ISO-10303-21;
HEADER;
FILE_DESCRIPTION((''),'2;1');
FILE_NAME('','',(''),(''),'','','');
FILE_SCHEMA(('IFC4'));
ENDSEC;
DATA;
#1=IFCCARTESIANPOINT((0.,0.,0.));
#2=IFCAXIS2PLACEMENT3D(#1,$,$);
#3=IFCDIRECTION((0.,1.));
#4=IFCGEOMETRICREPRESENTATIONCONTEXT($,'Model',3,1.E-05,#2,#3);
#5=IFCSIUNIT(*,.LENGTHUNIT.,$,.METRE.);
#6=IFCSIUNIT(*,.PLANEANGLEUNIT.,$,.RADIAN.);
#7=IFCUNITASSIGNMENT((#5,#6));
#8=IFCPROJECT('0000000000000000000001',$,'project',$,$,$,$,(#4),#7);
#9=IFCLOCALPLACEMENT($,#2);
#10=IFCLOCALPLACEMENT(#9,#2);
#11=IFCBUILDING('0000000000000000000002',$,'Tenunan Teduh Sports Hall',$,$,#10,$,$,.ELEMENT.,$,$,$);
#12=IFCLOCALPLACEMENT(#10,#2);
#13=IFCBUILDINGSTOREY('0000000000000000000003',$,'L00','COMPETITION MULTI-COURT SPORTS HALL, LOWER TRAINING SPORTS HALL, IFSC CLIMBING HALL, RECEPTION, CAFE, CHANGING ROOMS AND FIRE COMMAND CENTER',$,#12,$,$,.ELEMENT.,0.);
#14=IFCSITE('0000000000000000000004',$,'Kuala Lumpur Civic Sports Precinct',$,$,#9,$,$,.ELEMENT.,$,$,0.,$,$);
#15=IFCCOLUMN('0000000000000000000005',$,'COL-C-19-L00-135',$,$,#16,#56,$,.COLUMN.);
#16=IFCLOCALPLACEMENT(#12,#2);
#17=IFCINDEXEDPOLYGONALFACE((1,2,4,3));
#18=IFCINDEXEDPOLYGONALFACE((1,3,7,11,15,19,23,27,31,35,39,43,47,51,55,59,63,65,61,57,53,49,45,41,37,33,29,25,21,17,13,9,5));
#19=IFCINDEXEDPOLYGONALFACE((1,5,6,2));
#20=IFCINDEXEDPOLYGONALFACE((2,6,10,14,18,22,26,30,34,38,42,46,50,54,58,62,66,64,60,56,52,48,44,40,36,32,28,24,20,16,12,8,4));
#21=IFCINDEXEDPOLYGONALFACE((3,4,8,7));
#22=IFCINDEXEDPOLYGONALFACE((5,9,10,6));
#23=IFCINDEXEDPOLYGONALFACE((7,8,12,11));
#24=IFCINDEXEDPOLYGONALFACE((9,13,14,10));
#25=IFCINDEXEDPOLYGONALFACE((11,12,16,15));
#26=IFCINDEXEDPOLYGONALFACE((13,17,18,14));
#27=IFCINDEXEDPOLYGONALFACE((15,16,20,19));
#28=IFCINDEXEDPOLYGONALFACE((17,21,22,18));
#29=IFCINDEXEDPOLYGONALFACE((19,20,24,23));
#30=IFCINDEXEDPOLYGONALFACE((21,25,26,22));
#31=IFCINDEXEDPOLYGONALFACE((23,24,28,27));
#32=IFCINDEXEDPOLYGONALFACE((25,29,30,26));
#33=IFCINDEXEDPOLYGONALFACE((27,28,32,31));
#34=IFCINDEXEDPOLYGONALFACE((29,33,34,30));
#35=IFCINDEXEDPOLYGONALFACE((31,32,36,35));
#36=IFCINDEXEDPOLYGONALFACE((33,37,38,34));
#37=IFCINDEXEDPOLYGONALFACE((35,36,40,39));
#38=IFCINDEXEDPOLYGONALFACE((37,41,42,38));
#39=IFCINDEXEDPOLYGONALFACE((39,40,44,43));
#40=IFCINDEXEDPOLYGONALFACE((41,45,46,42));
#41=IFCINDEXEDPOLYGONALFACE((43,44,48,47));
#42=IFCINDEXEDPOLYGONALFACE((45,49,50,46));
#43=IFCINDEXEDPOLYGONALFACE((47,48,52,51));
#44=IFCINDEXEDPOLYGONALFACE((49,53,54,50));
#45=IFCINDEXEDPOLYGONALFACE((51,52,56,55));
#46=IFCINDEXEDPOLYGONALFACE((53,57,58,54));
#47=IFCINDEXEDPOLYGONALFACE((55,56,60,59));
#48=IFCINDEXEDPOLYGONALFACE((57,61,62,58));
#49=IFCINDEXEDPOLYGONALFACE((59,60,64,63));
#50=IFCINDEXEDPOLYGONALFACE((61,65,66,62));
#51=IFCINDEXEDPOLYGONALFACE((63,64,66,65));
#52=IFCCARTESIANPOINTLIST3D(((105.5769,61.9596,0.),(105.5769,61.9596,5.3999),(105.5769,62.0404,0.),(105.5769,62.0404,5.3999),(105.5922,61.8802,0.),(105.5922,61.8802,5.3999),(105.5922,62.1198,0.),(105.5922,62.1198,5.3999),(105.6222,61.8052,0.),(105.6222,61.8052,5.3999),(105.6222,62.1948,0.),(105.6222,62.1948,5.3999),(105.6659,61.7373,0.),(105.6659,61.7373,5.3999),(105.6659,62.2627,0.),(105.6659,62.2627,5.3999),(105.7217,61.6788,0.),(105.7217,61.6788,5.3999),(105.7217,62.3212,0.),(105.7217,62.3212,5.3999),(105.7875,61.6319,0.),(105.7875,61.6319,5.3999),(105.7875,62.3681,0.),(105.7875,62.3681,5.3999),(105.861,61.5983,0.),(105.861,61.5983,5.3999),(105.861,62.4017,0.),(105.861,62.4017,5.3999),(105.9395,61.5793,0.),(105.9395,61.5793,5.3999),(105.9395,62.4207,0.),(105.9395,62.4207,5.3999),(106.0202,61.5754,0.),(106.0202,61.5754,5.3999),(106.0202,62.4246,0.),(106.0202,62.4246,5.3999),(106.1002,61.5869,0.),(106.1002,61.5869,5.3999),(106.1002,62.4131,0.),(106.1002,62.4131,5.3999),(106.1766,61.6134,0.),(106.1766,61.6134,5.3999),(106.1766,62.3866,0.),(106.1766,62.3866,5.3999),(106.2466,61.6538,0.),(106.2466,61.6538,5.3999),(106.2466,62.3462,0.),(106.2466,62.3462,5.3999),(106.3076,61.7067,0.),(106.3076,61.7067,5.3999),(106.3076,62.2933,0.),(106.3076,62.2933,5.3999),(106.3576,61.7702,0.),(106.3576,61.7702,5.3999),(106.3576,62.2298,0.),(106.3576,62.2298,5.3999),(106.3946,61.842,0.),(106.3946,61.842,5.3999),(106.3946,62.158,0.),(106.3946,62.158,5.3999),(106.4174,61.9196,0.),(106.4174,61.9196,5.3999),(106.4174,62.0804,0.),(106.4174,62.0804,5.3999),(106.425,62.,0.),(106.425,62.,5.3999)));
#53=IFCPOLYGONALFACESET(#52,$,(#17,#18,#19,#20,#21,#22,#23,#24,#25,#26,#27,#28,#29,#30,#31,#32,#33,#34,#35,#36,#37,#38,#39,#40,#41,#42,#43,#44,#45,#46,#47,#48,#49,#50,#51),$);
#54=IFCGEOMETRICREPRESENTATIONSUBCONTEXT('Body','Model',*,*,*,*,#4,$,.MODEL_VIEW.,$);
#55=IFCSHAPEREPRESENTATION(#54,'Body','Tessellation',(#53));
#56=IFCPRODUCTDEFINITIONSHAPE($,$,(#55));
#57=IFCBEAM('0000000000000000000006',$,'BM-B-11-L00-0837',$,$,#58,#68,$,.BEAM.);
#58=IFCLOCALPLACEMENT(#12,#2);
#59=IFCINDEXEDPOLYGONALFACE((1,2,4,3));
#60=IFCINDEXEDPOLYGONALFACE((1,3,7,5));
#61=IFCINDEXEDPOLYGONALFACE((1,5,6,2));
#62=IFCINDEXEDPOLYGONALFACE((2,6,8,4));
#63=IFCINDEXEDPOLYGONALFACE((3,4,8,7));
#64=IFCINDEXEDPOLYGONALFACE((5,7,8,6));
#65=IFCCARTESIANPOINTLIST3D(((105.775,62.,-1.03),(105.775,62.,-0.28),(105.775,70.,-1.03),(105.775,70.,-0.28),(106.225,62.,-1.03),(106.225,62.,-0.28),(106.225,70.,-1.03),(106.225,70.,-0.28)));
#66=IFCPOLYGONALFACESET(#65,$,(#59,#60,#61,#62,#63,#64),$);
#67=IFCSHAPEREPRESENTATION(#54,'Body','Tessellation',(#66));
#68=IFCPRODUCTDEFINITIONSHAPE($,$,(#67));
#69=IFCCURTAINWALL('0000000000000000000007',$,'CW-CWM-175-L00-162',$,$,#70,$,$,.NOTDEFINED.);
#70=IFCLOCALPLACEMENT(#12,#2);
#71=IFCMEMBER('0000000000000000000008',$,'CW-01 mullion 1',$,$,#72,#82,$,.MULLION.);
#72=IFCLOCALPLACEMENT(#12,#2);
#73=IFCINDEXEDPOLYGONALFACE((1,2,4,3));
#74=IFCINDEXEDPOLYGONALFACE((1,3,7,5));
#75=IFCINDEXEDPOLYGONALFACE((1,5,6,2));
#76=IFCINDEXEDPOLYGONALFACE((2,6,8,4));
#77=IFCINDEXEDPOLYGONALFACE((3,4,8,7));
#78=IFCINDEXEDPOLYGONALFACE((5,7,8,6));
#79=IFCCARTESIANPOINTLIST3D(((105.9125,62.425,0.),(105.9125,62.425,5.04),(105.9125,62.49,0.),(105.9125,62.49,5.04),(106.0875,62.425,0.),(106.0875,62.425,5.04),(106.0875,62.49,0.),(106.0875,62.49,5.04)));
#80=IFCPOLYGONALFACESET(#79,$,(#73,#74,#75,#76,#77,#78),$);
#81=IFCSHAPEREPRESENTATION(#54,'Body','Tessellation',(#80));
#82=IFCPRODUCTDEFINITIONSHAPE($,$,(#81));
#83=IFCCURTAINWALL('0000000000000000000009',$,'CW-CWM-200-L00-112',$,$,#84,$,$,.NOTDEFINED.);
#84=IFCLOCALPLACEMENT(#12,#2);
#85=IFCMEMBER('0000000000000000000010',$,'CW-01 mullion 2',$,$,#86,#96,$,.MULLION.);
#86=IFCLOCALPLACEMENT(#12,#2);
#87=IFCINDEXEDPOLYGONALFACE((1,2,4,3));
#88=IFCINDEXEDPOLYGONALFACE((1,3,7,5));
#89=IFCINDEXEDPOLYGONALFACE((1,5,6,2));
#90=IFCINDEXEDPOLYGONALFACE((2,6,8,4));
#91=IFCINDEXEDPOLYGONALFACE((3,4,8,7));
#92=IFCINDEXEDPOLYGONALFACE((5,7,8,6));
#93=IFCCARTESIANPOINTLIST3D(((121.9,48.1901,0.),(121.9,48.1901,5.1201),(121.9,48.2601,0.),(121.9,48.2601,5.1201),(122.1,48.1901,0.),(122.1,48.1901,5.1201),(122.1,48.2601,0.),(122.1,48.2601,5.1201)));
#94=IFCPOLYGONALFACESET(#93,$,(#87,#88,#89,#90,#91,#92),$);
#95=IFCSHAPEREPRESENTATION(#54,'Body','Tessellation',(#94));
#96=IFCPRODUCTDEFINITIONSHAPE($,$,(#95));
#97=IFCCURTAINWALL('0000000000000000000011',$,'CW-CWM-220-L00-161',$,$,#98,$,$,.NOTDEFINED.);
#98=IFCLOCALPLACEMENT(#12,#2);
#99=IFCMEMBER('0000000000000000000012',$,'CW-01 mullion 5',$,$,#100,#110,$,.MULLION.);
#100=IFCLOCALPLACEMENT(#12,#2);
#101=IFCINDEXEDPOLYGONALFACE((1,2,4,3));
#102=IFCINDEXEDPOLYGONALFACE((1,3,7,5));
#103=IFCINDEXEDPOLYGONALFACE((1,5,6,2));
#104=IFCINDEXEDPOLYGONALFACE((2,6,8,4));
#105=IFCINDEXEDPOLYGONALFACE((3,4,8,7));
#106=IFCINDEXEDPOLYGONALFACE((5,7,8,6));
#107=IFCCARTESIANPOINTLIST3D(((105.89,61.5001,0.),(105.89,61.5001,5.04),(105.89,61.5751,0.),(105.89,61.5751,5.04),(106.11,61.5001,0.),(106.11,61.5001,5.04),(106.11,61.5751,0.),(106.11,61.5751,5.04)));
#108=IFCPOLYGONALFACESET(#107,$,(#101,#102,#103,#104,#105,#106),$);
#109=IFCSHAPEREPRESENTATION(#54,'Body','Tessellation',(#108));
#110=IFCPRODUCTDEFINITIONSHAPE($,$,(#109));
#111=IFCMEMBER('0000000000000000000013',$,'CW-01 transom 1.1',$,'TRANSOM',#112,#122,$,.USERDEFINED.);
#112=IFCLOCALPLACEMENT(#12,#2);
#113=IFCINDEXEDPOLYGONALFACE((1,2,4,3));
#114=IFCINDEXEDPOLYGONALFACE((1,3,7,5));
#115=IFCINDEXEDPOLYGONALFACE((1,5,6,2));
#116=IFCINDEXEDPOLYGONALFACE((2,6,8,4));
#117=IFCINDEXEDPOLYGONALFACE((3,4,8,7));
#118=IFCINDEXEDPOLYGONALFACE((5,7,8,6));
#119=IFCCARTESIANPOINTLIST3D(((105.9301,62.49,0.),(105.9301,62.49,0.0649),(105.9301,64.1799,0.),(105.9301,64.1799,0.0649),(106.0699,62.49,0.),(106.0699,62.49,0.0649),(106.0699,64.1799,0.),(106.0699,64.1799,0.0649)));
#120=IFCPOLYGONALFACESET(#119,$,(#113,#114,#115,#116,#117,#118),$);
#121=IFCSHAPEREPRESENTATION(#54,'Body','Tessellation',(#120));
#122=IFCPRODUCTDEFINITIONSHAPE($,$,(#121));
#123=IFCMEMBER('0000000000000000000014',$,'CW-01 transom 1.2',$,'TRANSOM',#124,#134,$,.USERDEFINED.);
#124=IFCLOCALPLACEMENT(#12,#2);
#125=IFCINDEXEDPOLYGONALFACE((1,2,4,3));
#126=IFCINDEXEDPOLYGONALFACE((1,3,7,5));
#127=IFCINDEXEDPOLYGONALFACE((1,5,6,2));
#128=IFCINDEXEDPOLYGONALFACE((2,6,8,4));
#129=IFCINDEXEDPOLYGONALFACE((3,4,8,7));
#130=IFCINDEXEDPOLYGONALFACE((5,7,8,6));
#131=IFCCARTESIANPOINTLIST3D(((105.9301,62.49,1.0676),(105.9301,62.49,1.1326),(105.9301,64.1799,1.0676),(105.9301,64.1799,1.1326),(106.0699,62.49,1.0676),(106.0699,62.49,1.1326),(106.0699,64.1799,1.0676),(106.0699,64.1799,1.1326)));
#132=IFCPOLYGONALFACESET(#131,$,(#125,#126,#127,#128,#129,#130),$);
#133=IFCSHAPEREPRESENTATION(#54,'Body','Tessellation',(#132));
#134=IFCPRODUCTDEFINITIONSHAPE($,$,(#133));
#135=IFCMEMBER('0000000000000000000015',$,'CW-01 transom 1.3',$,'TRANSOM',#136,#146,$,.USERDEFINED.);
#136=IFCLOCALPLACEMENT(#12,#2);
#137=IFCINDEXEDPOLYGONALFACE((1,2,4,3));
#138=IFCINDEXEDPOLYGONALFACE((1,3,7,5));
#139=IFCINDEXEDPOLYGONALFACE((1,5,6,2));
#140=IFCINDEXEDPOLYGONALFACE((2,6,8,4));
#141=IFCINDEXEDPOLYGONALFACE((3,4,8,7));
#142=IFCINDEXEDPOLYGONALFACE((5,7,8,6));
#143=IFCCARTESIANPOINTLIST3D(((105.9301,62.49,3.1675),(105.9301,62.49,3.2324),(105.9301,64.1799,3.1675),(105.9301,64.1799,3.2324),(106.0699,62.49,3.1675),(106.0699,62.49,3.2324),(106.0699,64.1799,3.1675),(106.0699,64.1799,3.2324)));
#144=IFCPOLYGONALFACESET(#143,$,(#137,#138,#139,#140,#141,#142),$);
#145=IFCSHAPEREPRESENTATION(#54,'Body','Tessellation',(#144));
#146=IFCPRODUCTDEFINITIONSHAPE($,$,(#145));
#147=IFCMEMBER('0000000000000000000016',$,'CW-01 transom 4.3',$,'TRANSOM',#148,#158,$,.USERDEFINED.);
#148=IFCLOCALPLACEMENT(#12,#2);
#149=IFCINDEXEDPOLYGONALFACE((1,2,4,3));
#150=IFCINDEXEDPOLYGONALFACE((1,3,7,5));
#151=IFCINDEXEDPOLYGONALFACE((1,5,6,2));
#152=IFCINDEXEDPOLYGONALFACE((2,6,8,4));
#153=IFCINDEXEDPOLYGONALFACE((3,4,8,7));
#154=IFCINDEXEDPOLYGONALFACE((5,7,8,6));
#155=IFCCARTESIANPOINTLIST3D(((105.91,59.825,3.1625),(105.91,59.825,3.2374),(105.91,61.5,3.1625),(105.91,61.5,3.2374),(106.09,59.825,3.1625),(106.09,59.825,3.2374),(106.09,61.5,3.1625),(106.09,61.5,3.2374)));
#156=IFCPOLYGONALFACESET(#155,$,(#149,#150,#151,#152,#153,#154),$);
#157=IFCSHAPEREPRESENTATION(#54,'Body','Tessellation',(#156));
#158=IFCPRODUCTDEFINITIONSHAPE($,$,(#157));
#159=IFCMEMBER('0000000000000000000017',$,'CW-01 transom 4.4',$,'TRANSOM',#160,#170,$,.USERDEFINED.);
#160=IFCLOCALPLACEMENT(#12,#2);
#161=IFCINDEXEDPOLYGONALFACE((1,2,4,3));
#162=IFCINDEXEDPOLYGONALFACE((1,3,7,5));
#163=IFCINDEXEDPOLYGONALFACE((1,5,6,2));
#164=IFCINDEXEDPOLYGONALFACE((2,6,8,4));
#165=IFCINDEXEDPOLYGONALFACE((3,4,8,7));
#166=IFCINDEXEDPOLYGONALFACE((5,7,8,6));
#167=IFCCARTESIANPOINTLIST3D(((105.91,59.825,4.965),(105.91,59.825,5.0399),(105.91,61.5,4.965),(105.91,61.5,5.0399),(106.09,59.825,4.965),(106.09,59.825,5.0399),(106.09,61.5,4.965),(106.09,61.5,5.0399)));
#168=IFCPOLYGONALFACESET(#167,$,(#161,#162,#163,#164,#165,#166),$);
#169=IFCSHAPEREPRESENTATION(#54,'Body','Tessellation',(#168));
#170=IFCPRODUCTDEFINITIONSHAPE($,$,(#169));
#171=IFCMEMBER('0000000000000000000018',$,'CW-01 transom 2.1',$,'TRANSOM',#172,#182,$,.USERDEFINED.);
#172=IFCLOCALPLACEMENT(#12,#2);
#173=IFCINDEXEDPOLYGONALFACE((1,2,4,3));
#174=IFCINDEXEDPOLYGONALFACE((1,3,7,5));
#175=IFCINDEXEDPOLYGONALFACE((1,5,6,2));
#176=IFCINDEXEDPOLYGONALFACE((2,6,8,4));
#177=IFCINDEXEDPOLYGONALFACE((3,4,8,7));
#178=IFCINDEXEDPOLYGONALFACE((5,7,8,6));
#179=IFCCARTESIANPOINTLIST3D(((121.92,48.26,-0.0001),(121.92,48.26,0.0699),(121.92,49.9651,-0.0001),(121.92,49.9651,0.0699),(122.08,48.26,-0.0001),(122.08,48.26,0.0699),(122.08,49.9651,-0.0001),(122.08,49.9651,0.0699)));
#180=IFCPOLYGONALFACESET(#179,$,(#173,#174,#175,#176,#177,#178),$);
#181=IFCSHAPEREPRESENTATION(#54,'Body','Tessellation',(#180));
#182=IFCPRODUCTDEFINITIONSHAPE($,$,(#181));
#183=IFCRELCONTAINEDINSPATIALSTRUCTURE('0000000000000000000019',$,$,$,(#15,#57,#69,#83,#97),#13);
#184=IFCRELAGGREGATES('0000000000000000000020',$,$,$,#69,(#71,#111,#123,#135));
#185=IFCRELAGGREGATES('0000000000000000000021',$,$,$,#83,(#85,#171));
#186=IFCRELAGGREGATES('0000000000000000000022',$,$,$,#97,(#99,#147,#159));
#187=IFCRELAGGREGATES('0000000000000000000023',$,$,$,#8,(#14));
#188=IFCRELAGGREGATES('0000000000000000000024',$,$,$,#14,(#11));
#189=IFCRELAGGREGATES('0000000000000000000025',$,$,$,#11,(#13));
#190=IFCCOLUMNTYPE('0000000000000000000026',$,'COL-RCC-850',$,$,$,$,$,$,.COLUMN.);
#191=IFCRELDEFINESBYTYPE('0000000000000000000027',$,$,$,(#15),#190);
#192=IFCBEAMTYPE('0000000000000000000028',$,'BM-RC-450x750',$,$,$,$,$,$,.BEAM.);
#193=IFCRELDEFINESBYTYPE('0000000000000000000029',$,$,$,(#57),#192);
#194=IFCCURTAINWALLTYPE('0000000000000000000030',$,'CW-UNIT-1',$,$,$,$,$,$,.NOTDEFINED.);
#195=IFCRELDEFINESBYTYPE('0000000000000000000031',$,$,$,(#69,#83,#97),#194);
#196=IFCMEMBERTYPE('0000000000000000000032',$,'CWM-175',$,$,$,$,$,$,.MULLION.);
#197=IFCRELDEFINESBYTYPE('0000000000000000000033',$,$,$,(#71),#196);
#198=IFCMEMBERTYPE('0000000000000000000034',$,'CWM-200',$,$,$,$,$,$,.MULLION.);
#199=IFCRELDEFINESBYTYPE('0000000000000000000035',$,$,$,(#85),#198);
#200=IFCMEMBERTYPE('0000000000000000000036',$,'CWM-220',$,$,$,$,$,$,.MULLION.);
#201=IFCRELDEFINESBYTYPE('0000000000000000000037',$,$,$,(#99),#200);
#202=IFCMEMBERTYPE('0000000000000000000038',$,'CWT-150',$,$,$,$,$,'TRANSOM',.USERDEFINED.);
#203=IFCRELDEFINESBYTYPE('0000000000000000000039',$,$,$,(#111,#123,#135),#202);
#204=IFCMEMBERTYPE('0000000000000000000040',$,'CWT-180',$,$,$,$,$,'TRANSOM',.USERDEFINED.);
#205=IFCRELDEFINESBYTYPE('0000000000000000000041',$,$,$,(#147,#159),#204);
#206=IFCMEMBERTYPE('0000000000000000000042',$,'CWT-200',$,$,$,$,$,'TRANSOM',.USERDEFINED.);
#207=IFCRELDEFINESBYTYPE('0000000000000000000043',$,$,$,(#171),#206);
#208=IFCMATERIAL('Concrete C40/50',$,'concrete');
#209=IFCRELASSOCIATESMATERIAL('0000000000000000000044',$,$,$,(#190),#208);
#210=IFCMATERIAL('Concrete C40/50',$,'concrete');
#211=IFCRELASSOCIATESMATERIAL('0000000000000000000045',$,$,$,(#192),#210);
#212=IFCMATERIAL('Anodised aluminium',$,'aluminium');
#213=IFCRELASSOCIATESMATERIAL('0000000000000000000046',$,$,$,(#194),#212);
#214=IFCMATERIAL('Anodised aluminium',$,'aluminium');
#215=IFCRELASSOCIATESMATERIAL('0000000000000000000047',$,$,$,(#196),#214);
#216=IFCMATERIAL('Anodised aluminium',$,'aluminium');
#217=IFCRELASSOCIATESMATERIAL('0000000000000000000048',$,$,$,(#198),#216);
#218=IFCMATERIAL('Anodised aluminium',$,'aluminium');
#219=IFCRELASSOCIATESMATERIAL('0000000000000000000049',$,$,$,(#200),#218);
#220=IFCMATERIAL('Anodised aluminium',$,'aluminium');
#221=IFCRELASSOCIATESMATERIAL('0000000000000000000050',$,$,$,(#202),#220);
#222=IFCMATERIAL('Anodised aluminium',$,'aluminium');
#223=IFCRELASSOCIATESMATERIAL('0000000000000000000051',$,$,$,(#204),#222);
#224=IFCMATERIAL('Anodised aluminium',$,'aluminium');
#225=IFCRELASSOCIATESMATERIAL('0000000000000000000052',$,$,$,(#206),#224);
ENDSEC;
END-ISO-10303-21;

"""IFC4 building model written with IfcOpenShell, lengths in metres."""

from ifc_helpers import new_model, si_unit, direction, frame, origin, origin_2d, place, context, subcontext, project, spatial, rectangle, circle, extrude, material, material_profile, profile_set, type_object, element, aggregate, save


model = new_model("IFC4")

# Units and contexts
model_context = context("Model", 3, precision=1e-05, world=origin(), true_north=direction((0.0, 1.0)))
body_context = subcontext(model_context, "Body", "Model", "MODEL_VIEW")
ifc_project = project(units=[si_unit("LENGTHUNIT", "METRE"), si_unit("PLANEANGLEUNIT", "RADIAN")], contexts=[model_context])

# Site, building, storey
site_placement = place(None, origin())
site = spatial("IfcSite", under=ifc_project, at=site_placement, Name="Kuala Lumpur Civic Sports Precinct", CompositionType="ELEMENT", RefElevation=0.0)
building_placement = place(site_placement, origin())
building = spatial("IfcBuilding", under=site, at=building_placement, Name="Tenunan Teduh Sports Hall", CompositionType="ELEMENT")
storey_placement = place(building_placement, origin())
storey = spatial("IfcBuildingStorey", under=building, at=storey_placement, Name="L00", Description="COMPETITION MULTI-COURT SPORTS HALL, LOWER TRAINING SPORTS HALL, IFSC CLIMBING HALL, RECEPTION, CAFE, CHANGING ROOMS AND FIRE COMMAND CENTER", CompositionType="ELEMENT", Elevation=0.0)

# Column
ifc_material_1 = material(Name="Concrete C40/50", Category="concrete")
ifc_material_profile_1 = material_profile(ifc_material_1, circle(Radius=0.425, at=origin_2d()), Name="RCC D850")
ifc_profile_set_1 = profile_set([ifc_material_profile_1], Name="Concrete C40/50")
column_type = type_object("IfcColumnType", Name="COL-RCC-850", PredefinedType="COLUMN", material=ifc_profile_set_1)
column_placement = place(storey_placement, frame((106.0, 62.0, 0.0), z_axis=(0.0, 0.0, 1.0), x_axis=(1.0, 0.0, 0.0)))
element("IfcColumn", 1, at=column_placement, inside=storey, type_object=column_type, Name="COL-C-19-L00-135", PredefinedType="COLUMN", context=body_context, shape_type="SweptSolid", body=[
    extrude(circle(Radius=0.425, at=origin_2d()), origin(), (0.0, 0.0, 1.0), 5.3999),
])

# Beam
ifc_material_2 = material(Name="Concrete C40/50", Category="concrete")
ifc_material_profile_2 = material_profile(ifc_material_2, rectangle(XDim=0.45, YDim=0.75, at=origin_2d()), Name="RCB 450x750")
ifc_profile_set_2 = profile_set([ifc_material_profile_2], Name="Concrete C40/50")
beam_type = type_object("IfcBeamType", Name="BM-RC-450x750", PredefinedType="BEAM", material=ifc_profile_set_2)
beam_placement = place(storey_placement, frame((106.0, 62.0, -0.655), z_axis=(0.0, 1.0, 0.0), x_axis=(-1.0, 0.0, 0.0)))
element("IfcBeam", 2, at=beam_placement, inside=storey, type_object=beam_type, Name="BM-B-11-L00-0837", PredefinedType="BEAM", context=body_context, shape_type="SweptSolid", body=[
    extrude(rectangle(XDim=0.45, YDim=0.75, at=origin_2d()), origin(), (0.0, 0.0, 1.0), 8.0),
])

# Curtain walls, members
ifc_material_3 = material(Name="Anodised aluminium", Category="aluminium")
curtain_wall_type = type_object("IfcCurtainWallType", Name="CW-UNIT-1", PredefinedType="NOTDEFINED", material=ifc_material_3)
curtain_wall_1_placement = place(storey_placement, origin())
curtain_wall_1 = element("IfcCurtainWall", 3, at=curtain_wall_1_placement, inside=storey, type_object=curtain_wall_type, Name="CW-CWM-175-L00-162", PredefinedType="NOTDEFINED")
ifc_material_4 = material(Name="Anodised aluminium", Category="aluminium")
ifc_material_profile_3 = material_profile(ifc_material_4, rectangle(XDim=0.0649, YDim=0.175, at=origin_2d()), Name="CWM 65x175")
ifc_profile_set_3 = profile_set([ifc_material_profile_3], Name="Anodised aluminium")
member_type_1 = type_object("IfcMemberType", Name="CWM-175", PredefinedType="MULLION", material=ifc_profile_set_3)
member_1_placement = place(storey_placement, frame((106.0, 62.4575, 0.0), z_axis=(0.0, 0.0, 1.0), x_axis=(0.0, 1.0, 0.0)))
member_1 = element("IfcMember", 4, at=member_1_placement, type_object=member_type_1, Name="CW-01 mullion 1", PredefinedType="MULLION", context=body_context, shape_type="SweptSolid", body=[
    extrude(rectangle(XDim=0.0649, YDim=0.175, at=origin_2d()), origin(), (0.0, 0.0, 1.0), 5.04),
])
curtain_wall_2_placement = place(storey_placement, origin())
curtain_wall_2 = element("IfcCurtainWall", 5, at=curtain_wall_2_placement, inside=storey, type_object=curtain_wall_type, Name="CW-CWM-200-L00-112", PredefinedType="NOTDEFINED")
ifc_material_5 = material(Name="Anodised aluminium", Category="aluminium")
ifc_material_profile_4 = material_profile(ifc_material_5, rectangle(XDim=0.0701, YDim=0.2, at=origin_2d()), Name="CWM 70x200")
ifc_profile_set_4 = profile_set([ifc_material_profile_4], Name="Anodised aluminium")
member_type_2 = type_object("IfcMemberType", Name="CWM-200", PredefinedType="MULLION", material=ifc_profile_set_4)
member_2_placement = place(storey_placement, frame((122.0, 48.2251, 0.0), z_axis=(0.0, 0.0, 1.0), x_axis=(0.0, 1.0, 0.0)))
member_2 = element("IfcMember", 6, at=member_2_placement, type_object=member_type_2, Name="CW-01 mullion 2", PredefinedType="MULLION", context=body_context, shape_type="SweptSolid", body=[
    extrude(rectangle(XDim=0.0701, YDim=0.2, at=origin_2d()), origin(), (0.0, 0.0, 1.0), 5.1201),
])
curtain_wall_3_placement = place(storey_placement, origin())
curtain_wall_3 = element("IfcCurtainWall", 7, at=curtain_wall_3_placement, inside=storey, type_object=curtain_wall_type, Name="CW-CWM-220-L00-161", PredefinedType="NOTDEFINED")
ifc_material_6 = material(Name="Anodised aluminium", Category="aluminium")
ifc_material_profile_5 = material_profile(ifc_material_6, rectangle(XDim=0.075, YDim=0.22, at=origin_2d()), Name="CWM 75x220")
ifc_profile_set_5 = profile_set([ifc_material_profile_5], Name="Anodised aluminium")
member_type_3 = type_object("IfcMemberType", Name="CWM-220", PredefinedType="MULLION", material=ifc_profile_set_5)
member_3_placement = place(storey_placement, frame((106.0, 61.5376, 0.0), z_axis=(0.0, 0.0, 1.0), x_axis=(0.0, 1.0, 0.0)))
member_3 = element("IfcMember", 8, at=member_3_placement, type_object=member_type_3, Name="CW-01 mullion 5", PredefinedType="MULLION", context=body_context, shape_type="SweptSolid", body=[
    extrude(rectangle(XDim=0.075, YDim=0.22, at=origin_2d()), origin(), (0.0, 0.0, 1.0), 5.04),
])

# Members
ifc_material_7 = material(Name="Anodised aluminium", Category="aluminium")
ifc_material_profile_6 = material_profile(ifc_material_7, rectangle(XDim=0.0649, YDim=0.1399, at=origin_2d()), Name="CWT 65x140")
ifc_profile_set_6 = profile_set([ifc_material_profile_6], Name="Anodised aluminium")
member_type_4 = type_object("IfcMemberType", Name="CWT-150", ElementType="TRANSOM", PredefinedType="USERDEFINED", material=ifc_profile_set_6)
member_4_placement = place(storey_placement, frame((106.0, 62.49, 0.0325), z_axis=(0.0, 1.0, 0.0), x_axis=(0.0, 0.0, 1.0)))
member_4 = element("IfcMember", 9, at=member_4_placement, type_object=member_type_4, Name="CW-01 transom 1.1", ObjectType="TRANSOM", PredefinedType="USERDEFINED", context=body_context, shape_type="SweptSolid", body=[
    extrude(rectangle(XDim=0.0649, YDim=0.1399, at=origin_2d()), origin(), (0.0, 0.0, 1.0), 1.6899),
])
member_5_placement = place(storey_placement, frame((106.0, 62.49, 1.1001), z_axis=(0.0, 1.0, 0.0), x_axis=(0.0, 0.0, 1.0)))
member_5 = element("IfcMember", 10, at=member_5_placement, type_object=member_type_4, Name="CW-01 transom 1.2", ObjectType="TRANSOM", PredefinedType="USERDEFINED", context=body_context, shape_type="SweptSolid", body=[
    extrude(rectangle(XDim=0.0649, YDim=0.1399, at=origin_2d()), origin(), (0.0, 0.0, 1.0), 1.6899),
])
member_6_placement = place(storey_placement, frame((106.0, 62.49, 3.2), z_axis=(0.0, 1.0, 0.0), x_axis=(0.0, 0.0, 1.0)))
member_6 = element("IfcMember", 11, at=member_6_placement, type_object=member_type_4, Name="CW-01 transom 1.3", ObjectType="TRANSOM", PredefinedType="USERDEFINED", context=body_context, shape_type="SweptSolid", body=[
    extrude(rectangle(XDim=0.0649, YDim=0.1399, at=origin_2d()), origin(), (0.0, 0.0, 1.0), 1.6899),
])
aggregate(curtain_wall_1, [member_1, member_4, member_5, member_6])
ifc_material_8 = material(Name="Anodised aluminium", Category="aluminium")
ifc_material_profile_7 = material_profile(ifc_material_8, rectangle(XDim=0.075, YDim=0.1799, at=origin_2d()), Name="CWT 75x180")
ifc_profile_set_7 = profile_set([ifc_material_profile_7], Name="Anodised aluminium")
member_type_5 = type_object("IfcMemberType", Name="CWT-180", ElementType="TRANSOM", PredefinedType="USERDEFINED", material=ifc_profile_set_7)
member_7_placement = place(storey_placement, frame((106.0, 59.825, 3.2), z_axis=(0.0, 1.0, 0.0), x_axis=(0.0, 0.0, 1.0)))
member_7 = element("IfcMember", 12, at=member_7_placement, type_object=member_type_5, Name="CW-01 transom 4.3", ObjectType="TRANSOM", PredefinedType="USERDEFINED", context=body_context, shape_type="SweptSolid", body=[
    extrude(rectangle(XDim=0.075, YDim=0.1799, at=origin_2d()), origin(), (0.0, 0.0, 1.0), 1.675),
])
member_8_placement = place(storey_placement, frame((106.0, 59.825, 5.0024), z_axis=(0.0, 1.0, 0.0), x_axis=(0.0, 0.0, 1.0)))
member_8 = element("IfcMember", 13, at=member_8_placement, type_object=member_type_5, Name="CW-01 transom 4.4", ObjectType="TRANSOM", PredefinedType="USERDEFINED", context=body_context, shape_type="SweptSolid", body=[
    extrude(rectangle(XDim=0.075, YDim=0.1799, at=origin_2d()), origin(), (0.0, 0.0, 1.0), 1.675),
])
ifc_material_9 = material(Name="Anodised aluminium", Category="aluminium")
ifc_material_profile_8 = material_profile(ifc_material_9, rectangle(XDim=0.0701, YDim=0.1599, at=origin_2d()), Name="CWT 70x160")
ifc_profile_set_8 = profile_set([ifc_material_profile_8], Name="Anodised aluminium")
member_type_6 = type_object("IfcMemberType", Name="CWT-200", ElementType="TRANSOM", PredefinedType="USERDEFINED", material=ifc_profile_set_8)
member_9_placement = place(storey_placement, frame((122.0, 48.26, 0.0349), z_axis=(0.0, 1.0, 0.0), x_axis=(0.0, 0.0, 1.0)))
member_9 = element("IfcMember", 14, at=member_9_placement, type_object=member_type_6, Name="CW-01 transom 2.1", ObjectType="TRANSOM", PredefinedType="USERDEFINED", context=body_context, shape_type="SweptSolid", body=[
    extrude(rectangle(XDim=0.0701, YDim=0.1599, at=origin_2d()), origin(), (0.0, 0.0, 1.0), 1.7051),
])

aggregate(curtain_wall_2, [member_2, member_9])
aggregate(curtain_wall_3, [member_3, member_7, member_8])

save(model, "model.ifc")
